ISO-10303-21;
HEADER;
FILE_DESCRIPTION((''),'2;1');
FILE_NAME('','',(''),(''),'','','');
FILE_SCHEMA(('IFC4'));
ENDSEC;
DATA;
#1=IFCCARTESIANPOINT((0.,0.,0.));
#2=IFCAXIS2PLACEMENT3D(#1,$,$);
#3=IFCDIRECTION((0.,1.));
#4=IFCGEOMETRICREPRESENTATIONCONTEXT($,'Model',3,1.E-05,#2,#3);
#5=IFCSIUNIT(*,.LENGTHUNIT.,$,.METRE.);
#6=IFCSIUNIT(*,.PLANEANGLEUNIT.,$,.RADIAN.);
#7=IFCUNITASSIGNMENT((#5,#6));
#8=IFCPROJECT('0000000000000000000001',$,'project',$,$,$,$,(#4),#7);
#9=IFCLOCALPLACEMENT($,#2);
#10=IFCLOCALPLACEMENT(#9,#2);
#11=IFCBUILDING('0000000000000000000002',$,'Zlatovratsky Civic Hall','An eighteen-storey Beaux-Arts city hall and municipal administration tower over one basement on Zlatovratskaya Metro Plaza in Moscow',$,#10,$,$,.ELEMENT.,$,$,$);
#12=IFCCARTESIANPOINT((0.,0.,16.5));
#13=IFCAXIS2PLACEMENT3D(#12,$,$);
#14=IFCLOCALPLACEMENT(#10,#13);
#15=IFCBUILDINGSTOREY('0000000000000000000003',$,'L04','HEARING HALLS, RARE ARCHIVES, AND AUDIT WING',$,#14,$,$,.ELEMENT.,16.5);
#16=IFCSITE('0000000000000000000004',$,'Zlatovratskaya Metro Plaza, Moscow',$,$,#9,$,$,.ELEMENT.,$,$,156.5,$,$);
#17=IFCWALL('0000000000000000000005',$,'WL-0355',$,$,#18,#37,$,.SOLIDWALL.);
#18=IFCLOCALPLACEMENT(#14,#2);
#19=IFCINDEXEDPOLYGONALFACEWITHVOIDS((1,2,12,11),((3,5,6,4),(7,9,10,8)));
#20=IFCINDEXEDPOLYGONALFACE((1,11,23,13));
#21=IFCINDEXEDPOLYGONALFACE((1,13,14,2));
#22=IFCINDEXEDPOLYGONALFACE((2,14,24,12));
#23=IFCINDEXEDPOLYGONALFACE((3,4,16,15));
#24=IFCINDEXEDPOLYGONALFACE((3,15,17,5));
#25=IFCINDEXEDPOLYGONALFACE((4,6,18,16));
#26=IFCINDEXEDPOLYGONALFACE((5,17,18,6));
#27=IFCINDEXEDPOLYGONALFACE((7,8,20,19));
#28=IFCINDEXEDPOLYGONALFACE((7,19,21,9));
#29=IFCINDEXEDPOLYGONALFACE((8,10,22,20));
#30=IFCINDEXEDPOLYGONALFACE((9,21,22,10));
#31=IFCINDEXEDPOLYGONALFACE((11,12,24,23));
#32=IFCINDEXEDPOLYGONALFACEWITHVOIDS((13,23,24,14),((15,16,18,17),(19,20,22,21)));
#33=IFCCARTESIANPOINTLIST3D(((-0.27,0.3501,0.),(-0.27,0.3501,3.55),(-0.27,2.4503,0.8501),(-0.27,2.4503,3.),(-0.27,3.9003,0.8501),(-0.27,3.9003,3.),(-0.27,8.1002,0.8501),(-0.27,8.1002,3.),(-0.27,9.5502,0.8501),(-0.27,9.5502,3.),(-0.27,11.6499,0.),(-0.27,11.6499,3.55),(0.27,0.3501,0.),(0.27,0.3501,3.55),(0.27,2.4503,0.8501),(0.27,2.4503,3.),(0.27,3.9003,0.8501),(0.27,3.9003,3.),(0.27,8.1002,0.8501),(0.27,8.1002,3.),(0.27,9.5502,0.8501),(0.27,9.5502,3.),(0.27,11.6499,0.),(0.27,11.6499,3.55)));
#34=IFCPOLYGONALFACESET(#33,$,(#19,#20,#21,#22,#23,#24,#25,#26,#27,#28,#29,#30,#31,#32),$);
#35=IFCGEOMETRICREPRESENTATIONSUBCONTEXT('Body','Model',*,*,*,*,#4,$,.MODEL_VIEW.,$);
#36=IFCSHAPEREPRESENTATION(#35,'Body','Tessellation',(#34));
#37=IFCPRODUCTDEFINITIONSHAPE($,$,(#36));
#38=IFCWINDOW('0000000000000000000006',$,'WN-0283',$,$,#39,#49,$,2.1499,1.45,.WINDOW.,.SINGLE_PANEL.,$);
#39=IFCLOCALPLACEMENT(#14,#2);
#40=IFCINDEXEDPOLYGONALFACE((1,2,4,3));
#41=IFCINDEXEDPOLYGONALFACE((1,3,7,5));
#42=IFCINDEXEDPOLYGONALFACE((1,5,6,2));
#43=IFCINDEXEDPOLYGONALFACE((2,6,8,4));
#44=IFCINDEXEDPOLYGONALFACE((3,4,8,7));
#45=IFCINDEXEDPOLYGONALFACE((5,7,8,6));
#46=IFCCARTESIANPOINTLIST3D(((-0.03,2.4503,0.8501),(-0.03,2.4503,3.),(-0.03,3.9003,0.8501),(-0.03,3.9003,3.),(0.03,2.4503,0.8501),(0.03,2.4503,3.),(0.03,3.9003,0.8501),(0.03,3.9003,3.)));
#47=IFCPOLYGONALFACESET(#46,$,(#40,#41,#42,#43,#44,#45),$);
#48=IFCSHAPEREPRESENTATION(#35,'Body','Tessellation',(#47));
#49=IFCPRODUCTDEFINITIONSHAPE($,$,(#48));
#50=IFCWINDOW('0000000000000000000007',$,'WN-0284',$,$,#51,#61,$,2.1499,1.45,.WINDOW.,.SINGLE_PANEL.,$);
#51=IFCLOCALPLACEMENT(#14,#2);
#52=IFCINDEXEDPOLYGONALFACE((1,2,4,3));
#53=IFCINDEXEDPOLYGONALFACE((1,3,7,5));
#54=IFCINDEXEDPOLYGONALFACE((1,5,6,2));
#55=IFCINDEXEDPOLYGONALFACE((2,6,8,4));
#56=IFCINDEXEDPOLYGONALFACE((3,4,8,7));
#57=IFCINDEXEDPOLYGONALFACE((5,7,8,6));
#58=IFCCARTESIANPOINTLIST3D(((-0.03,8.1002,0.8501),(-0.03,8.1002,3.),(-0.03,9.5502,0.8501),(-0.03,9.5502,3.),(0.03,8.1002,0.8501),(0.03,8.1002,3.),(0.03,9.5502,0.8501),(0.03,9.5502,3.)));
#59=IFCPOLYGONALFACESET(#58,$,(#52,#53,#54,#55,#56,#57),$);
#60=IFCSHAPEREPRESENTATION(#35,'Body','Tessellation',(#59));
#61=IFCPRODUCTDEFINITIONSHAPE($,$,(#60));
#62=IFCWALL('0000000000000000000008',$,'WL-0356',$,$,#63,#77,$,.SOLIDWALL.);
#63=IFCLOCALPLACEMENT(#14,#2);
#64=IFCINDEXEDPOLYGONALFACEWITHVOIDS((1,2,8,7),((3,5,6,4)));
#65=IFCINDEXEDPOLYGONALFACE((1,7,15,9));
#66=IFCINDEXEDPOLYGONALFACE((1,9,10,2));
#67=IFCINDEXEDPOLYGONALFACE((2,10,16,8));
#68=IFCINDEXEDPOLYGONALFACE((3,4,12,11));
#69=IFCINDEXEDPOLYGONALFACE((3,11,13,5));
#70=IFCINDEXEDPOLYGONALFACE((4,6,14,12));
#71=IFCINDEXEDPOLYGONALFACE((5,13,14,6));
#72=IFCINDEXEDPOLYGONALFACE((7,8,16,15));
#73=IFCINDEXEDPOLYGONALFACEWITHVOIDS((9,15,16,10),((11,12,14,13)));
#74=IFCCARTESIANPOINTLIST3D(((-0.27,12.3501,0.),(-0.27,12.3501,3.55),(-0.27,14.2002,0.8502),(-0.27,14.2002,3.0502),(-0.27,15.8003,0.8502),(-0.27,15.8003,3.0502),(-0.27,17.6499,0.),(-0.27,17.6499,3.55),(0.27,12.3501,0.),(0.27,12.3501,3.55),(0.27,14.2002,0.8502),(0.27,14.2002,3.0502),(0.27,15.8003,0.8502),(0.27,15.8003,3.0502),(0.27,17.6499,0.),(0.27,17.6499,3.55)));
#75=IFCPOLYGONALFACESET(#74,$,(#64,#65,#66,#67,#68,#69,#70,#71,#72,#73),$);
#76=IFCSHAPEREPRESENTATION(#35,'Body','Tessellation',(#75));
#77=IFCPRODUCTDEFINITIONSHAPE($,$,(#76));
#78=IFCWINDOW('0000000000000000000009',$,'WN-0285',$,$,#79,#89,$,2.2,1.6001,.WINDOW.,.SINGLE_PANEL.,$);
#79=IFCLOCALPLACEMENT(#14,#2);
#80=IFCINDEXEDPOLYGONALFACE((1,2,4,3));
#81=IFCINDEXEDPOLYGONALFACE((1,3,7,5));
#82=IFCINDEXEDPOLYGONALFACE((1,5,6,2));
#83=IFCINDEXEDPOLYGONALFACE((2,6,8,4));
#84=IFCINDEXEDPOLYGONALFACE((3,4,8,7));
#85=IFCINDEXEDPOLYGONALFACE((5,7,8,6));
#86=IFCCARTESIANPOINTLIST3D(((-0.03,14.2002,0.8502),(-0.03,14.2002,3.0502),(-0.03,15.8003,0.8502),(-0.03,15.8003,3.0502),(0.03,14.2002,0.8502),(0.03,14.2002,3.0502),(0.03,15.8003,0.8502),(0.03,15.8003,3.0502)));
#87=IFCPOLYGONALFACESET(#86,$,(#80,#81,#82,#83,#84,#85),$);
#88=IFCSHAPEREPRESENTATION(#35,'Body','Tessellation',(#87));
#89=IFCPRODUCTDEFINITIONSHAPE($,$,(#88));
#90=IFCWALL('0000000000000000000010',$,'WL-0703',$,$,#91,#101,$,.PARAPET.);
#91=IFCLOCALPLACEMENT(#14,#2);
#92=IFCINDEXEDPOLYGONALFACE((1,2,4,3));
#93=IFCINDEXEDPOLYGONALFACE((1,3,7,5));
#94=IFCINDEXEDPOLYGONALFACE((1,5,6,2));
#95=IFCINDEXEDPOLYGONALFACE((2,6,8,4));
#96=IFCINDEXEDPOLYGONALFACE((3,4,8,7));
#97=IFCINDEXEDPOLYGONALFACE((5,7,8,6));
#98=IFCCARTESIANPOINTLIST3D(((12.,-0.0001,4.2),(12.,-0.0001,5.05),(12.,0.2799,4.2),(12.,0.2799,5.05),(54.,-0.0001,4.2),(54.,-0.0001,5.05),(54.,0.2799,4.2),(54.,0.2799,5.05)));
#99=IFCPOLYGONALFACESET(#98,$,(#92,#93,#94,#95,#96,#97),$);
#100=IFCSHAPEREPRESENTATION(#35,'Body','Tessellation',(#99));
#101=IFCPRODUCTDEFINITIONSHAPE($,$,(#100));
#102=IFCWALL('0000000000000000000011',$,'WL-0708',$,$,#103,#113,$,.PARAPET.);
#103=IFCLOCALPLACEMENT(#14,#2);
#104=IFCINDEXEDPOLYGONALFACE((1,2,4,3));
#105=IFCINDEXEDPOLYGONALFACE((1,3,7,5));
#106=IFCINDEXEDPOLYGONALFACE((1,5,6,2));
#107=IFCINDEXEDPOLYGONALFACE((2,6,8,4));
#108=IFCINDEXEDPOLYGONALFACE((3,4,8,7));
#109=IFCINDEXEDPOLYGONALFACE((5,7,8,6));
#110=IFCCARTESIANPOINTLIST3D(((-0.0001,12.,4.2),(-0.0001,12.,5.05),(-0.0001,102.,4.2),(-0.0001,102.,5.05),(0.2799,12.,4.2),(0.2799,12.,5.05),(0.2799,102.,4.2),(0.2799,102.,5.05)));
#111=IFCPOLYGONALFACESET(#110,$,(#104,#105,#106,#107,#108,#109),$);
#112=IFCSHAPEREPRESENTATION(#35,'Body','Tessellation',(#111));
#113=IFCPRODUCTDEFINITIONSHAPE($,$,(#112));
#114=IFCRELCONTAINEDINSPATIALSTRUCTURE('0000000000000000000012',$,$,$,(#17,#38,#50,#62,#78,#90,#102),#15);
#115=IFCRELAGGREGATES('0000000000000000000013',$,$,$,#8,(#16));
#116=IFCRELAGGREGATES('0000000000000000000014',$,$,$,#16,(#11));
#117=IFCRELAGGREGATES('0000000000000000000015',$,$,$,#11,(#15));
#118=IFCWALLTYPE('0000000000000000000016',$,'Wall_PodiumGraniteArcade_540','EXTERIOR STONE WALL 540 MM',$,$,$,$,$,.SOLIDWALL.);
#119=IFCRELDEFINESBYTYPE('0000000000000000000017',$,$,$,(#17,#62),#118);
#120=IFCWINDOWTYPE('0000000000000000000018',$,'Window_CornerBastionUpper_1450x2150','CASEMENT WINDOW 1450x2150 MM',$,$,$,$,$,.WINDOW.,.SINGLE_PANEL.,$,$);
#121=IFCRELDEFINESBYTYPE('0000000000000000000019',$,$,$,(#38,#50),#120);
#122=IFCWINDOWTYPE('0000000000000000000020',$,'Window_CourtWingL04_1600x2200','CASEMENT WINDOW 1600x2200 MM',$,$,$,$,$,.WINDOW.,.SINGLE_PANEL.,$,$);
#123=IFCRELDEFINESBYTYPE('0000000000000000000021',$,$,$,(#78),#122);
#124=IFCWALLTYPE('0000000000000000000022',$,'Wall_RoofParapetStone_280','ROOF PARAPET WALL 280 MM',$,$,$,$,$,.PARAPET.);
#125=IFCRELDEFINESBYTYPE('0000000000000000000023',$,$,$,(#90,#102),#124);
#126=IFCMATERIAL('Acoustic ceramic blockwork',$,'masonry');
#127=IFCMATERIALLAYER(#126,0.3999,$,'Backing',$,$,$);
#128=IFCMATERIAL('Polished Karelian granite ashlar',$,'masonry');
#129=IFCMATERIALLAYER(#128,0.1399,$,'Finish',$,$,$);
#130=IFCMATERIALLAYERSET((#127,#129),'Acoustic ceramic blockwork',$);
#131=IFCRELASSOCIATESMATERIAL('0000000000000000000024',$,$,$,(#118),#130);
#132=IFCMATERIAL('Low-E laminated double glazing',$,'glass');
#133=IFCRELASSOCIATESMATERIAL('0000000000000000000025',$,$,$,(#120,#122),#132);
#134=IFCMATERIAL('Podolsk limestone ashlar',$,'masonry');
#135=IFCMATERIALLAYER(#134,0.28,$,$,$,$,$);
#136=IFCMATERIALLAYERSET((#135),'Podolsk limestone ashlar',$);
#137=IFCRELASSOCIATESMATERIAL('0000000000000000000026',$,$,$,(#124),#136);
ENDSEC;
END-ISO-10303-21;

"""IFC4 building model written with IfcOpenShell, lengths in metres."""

from ifc_helpers import new_model, si_unit, direction, frame, frame_2d, origin, place, context, subcontext, project, spatial, rectangle, extrude, material, layer, layer_set, type_object, element, fill, save


model = new_model("IFC4")

# Units and contexts
model_context = context("Model", 3, precision=1e-05, world=origin(), true_north=direction((0.0, 1.0)))
body_context = subcontext(model_context, "Body", "Model", "MODEL_VIEW")
ifc_project = project(units=[si_unit("LENGTHUNIT", "METRE"), si_unit("PLANEANGLEUNIT", "RADIAN")], contexts=[model_context])

# Site, building, storey
site_placement = place(None, origin())
site = spatial("IfcSite", under=ifc_project, at=site_placement, Name="Zlatovratskaya Metro Plaza, Moscow", CompositionType="ELEMENT", RefElevation=156.5)
building_placement = place(site_placement, origin())
building = spatial("IfcBuilding", under=site, at=building_placement, Name="Zlatovratsky Civic Hall", Description="An eighteen-storey Beaux-Arts city hall and municipal administration tower over one basement on Zlatovratskaya Metro Plaza in Moscow", CompositionType="ELEMENT")
storey_placement = place(building_placement, frame((0.0, 0.0, 16.5)))
storey = spatial("IfcBuildingStorey", under=building, at=storey_placement, Name="L04", Description="HEARING HALLS, RARE ARCHIVES, AND AUDIT WING", CompositionType="ELEMENT", Elevation=16.5)

# Wall, openings, windows
ifc_material_1 = material(Name="Acoustic ceramic blockwork", Category="masonry")
ifc_layer_1 = layer(ifc_material_1, 0.3999, Name="Backing")
ifc_material_2 = material(Name="Polished Karelian granite ashlar", Category="masonry")
ifc_layer_2 = layer(ifc_material_2, 0.1399, Name="Finish")
ifc_layer_set_1 = layer_set([ifc_layer_1, ifc_layer_2], Name="Acoustic ceramic blockwork")
wall_type_1 = type_object("IfcWallType", Name="Wall_PodiumGraniteArcade_540", Description="EXTERIOR STONE WALL 540 MM", PredefinedType="SOLIDWALL", material=ifc_layer_set_1)
wall_1_placement = place(storey_placement, frame((0.0, 0.3501, 0.0), z_axis=(0.0, 0.0, 1.0), x_axis=(0.0, 1.0, 0.0)))
wall_1 = element("IfcWall", 1, at=wall_1_placement, inside=storey, type_object=wall_type_1, Name="WL-0355", PredefinedType="SOLIDWALL", context=body_context, shape_type="SweptSolid", body=[
    extrude(rectangle(XDim=11.2998, YDim=0.54, at=frame_2d((5.6499, 0.0))), origin(), (0.0, 0.0, 1.0), 3.55),
])
opening_1_placement = place(wall_1_placement, frame((2.1001, 0.0, 0.8501)))
opening_1 = element("IfcOpeningElement", 2, at=opening_1_placement, cuts=wall_1, PredefinedType="OPENING", context=body_context, shape_type="SweptSolid", body=[
    extrude(rectangle(XDim=1.45, YDim=2.1499, at=frame_2d((0.7251, 1.075))), frame((0.0, 0.2849, 0.0), z_axis=(0.0, -1.0, 0.0), x_axis=(1.0, 0.0, 0.0)), (0.0, 0.0, 1.0), 0.5698),
])
opening_2_placement = place(wall_1_placement, frame((7.75, 0.0, 0.8501)))
opening_2 = element("IfcOpeningElement", 3, at=opening_2_placement, cuts=wall_1, PredefinedType="OPENING", context=body_context, shape_type="SweptSolid", body=[
    extrude(rectangle(XDim=1.45, YDim=2.1499, at=frame_2d((0.7251, 1.075))), frame((0.0, 0.2849, 0.0), z_axis=(0.0, -1.0, 0.0), x_axis=(1.0, 0.0, 0.0)), (0.0, 0.0, 1.0), 0.5698),
])
ifc_material_3 = material(Name="Low-E laminated double glazing", Category="glass")
window_type_1 = type_object("IfcWindowType", Name="Window_CornerBastionUpper_1450x2150", Description="CASEMENT WINDOW 1450x2150 MM", PartitioningType="SINGLE_PANEL", PredefinedType="WINDOW", material=ifc_material_3)
window_1_placement = place(opening_1_placement, origin())
window_1 = element("IfcWindow", 4, at=window_1_placement, inside=storey, type_object=window_type_1, Name="WN-0283", OverallHeight=2.1499, OverallWidth=1.45, PartitioningType="SINGLE_PANEL", PredefinedType="WINDOW", context=body_context, shape_type="SweptSolid", body=[
    extrude(rectangle(XDim=1.45, YDim=2.1499, at=frame_2d((0.7251, 1.075))), frame((0.0, 0.03, 0.0), z_axis=(0.0, -1.0, 0.0), x_axis=(1.0, 0.0, 0.0)), (0.0, 0.0, 1.0), 0.0601),
])
fill(opening_1, window_1)
window_2_placement = place(opening_2_placement, origin())
window_2 = element("IfcWindow", 5, at=window_2_placement, inside=storey, type_object=window_type_1, Name="WN-0284", OverallHeight=2.1499, OverallWidth=1.45, PartitioningType="SINGLE_PANEL", PredefinedType="WINDOW", context=body_context, shape_type="SweptSolid", body=[
    extrude(rectangle(XDim=1.45, YDim=2.1499, at=frame_2d((0.7251, 1.075))), frame((0.0, 0.03, 0.0), z_axis=(0.0, -1.0, 0.0), x_axis=(1.0, 0.0, 0.0)), (0.0, 0.0, 1.0), 0.0601),
])
fill(opening_2, window_2)

# Wall, opening, window
wall_2_placement = place(storey_placement, frame((0.0, 12.3501, 0.0), z_axis=(0.0, 0.0, 1.0), x_axis=(0.0, 1.0, 0.0)))
wall_2 = element("IfcWall", 6, at=wall_2_placement, inside=storey, type_object=wall_type_1, Name="WL-0356", PredefinedType="SOLIDWALL", context=body_context, shape_type="SweptSolid", body=[
    extrude(rectangle(XDim=5.2998, YDim=0.54, at=frame_2d((2.6499, 0.0))), origin(), (0.0, 0.0, 1.0), 3.55),
])
opening_3_placement = place(wall_2_placement, frame((1.8501, 0.0, 0.8501)))
opening_3 = element("IfcOpeningElement", 7, at=opening_3_placement, cuts=wall_2, PredefinedType="OPENING", context=body_context, shape_type="SweptSolid", body=[
    extrude(rectangle(XDim=1.6001, YDim=2.2, at=frame_2d((0.8, 1.1001))), frame((0.0, 0.2849, 0.0), z_axis=(0.0, -1.0, 0.0), x_axis=(1.0, 0.0, 0.0)), (0.0, 0.0, 1.0), 0.5698),
])
window_type_2 = type_object("IfcWindowType", Name="Window_CourtWingL04_1600x2200", Description="CASEMENT WINDOW 1600x2200 MM", PartitioningType="SINGLE_PANEL", PredefinedType="WINDOW", material=ifc_material_3)
window_3_placement = place(opening_3_placement, origin())
window_3 = element("IfcWindow", 8, at=window_3_placement, inside=storey, type_object=window_type_2, Name="WN-0285", OverallHeight=2.2, OverallWidth=1.6001, PartitioningType="SINGLE_PANEL", PredefinedType="WINDOW", context=body_context, shape_type="SweptSolid", body=[
    extrude(rectangle(XDim=1.6001, YDim=2.2, at=frame_2d((0.8, 1.1001))), frame((0.0, 0.03, 0.0), z_axis=(0.0, -1.0, 0.0), x_axis=(1.0, 0.0, 0.0)), (0.0, 0.0, 1.0), 0.0601),
])
fill(opening_3, window_3)

# Walls
ifc_material_4 = material(Name="Podolsk limestone ashlar", Category="masonry")
ifc_layer_3 = layer(ifc_material_4, 0.28)
ifc_layer_set_2 = layer_set([ifc_layer_3], Name="Podolsk limestone ashlar")
wall_type_2 = type_object("IfcWallType", Name="Wall_RoofParapetStone_280", Description="ROOF PARAPET WALL 280 MM", PredefinedType="PARAPET", material=ifc_layer_set_2)
wall_3_placement = place(storey_placement, frame((12.0, 0.1399, 4.2), z_axis=(0.0, 0.0, 1.0), x_axis=(1.0, 0.0, 0.0)))
element("IfcWall", 9, at=wall_3_placement, inside=storey, type_object=wall_type_2, Name="WL-0703", PredefinedType="PARAPET", context=body_context, shape_type="SweptSolid", body=[
    extrude(rectangle(XDim=42.0, YDim=0.28, at=frame_2d((21.0, 0.0))), origin(), (0.0, 0.0, 1.0), 0.8501),
])
wall_4_placement = place(storey_placement, frame((0.1399, 12.0, 4.2), z_axis=(0.0, 0.0, 1.0), x_axis=(0.0, 1.0, 0.0)))
element("IfcWall", 10, at=wall_4_placement, inside=storey, type_object=wall_type_2, Name="WL-0708", PredefinedType="PARAPET", context=body_context, shape_type="SweptSolid", body=[
    extrude(rectangle(XDim=90.0, YDim=0.28, at=frame_2d((45.0, 0.0))), origin(), (0.0, 0.0, 1.0), 0.8501),
])

save(model, "model.ifc")
